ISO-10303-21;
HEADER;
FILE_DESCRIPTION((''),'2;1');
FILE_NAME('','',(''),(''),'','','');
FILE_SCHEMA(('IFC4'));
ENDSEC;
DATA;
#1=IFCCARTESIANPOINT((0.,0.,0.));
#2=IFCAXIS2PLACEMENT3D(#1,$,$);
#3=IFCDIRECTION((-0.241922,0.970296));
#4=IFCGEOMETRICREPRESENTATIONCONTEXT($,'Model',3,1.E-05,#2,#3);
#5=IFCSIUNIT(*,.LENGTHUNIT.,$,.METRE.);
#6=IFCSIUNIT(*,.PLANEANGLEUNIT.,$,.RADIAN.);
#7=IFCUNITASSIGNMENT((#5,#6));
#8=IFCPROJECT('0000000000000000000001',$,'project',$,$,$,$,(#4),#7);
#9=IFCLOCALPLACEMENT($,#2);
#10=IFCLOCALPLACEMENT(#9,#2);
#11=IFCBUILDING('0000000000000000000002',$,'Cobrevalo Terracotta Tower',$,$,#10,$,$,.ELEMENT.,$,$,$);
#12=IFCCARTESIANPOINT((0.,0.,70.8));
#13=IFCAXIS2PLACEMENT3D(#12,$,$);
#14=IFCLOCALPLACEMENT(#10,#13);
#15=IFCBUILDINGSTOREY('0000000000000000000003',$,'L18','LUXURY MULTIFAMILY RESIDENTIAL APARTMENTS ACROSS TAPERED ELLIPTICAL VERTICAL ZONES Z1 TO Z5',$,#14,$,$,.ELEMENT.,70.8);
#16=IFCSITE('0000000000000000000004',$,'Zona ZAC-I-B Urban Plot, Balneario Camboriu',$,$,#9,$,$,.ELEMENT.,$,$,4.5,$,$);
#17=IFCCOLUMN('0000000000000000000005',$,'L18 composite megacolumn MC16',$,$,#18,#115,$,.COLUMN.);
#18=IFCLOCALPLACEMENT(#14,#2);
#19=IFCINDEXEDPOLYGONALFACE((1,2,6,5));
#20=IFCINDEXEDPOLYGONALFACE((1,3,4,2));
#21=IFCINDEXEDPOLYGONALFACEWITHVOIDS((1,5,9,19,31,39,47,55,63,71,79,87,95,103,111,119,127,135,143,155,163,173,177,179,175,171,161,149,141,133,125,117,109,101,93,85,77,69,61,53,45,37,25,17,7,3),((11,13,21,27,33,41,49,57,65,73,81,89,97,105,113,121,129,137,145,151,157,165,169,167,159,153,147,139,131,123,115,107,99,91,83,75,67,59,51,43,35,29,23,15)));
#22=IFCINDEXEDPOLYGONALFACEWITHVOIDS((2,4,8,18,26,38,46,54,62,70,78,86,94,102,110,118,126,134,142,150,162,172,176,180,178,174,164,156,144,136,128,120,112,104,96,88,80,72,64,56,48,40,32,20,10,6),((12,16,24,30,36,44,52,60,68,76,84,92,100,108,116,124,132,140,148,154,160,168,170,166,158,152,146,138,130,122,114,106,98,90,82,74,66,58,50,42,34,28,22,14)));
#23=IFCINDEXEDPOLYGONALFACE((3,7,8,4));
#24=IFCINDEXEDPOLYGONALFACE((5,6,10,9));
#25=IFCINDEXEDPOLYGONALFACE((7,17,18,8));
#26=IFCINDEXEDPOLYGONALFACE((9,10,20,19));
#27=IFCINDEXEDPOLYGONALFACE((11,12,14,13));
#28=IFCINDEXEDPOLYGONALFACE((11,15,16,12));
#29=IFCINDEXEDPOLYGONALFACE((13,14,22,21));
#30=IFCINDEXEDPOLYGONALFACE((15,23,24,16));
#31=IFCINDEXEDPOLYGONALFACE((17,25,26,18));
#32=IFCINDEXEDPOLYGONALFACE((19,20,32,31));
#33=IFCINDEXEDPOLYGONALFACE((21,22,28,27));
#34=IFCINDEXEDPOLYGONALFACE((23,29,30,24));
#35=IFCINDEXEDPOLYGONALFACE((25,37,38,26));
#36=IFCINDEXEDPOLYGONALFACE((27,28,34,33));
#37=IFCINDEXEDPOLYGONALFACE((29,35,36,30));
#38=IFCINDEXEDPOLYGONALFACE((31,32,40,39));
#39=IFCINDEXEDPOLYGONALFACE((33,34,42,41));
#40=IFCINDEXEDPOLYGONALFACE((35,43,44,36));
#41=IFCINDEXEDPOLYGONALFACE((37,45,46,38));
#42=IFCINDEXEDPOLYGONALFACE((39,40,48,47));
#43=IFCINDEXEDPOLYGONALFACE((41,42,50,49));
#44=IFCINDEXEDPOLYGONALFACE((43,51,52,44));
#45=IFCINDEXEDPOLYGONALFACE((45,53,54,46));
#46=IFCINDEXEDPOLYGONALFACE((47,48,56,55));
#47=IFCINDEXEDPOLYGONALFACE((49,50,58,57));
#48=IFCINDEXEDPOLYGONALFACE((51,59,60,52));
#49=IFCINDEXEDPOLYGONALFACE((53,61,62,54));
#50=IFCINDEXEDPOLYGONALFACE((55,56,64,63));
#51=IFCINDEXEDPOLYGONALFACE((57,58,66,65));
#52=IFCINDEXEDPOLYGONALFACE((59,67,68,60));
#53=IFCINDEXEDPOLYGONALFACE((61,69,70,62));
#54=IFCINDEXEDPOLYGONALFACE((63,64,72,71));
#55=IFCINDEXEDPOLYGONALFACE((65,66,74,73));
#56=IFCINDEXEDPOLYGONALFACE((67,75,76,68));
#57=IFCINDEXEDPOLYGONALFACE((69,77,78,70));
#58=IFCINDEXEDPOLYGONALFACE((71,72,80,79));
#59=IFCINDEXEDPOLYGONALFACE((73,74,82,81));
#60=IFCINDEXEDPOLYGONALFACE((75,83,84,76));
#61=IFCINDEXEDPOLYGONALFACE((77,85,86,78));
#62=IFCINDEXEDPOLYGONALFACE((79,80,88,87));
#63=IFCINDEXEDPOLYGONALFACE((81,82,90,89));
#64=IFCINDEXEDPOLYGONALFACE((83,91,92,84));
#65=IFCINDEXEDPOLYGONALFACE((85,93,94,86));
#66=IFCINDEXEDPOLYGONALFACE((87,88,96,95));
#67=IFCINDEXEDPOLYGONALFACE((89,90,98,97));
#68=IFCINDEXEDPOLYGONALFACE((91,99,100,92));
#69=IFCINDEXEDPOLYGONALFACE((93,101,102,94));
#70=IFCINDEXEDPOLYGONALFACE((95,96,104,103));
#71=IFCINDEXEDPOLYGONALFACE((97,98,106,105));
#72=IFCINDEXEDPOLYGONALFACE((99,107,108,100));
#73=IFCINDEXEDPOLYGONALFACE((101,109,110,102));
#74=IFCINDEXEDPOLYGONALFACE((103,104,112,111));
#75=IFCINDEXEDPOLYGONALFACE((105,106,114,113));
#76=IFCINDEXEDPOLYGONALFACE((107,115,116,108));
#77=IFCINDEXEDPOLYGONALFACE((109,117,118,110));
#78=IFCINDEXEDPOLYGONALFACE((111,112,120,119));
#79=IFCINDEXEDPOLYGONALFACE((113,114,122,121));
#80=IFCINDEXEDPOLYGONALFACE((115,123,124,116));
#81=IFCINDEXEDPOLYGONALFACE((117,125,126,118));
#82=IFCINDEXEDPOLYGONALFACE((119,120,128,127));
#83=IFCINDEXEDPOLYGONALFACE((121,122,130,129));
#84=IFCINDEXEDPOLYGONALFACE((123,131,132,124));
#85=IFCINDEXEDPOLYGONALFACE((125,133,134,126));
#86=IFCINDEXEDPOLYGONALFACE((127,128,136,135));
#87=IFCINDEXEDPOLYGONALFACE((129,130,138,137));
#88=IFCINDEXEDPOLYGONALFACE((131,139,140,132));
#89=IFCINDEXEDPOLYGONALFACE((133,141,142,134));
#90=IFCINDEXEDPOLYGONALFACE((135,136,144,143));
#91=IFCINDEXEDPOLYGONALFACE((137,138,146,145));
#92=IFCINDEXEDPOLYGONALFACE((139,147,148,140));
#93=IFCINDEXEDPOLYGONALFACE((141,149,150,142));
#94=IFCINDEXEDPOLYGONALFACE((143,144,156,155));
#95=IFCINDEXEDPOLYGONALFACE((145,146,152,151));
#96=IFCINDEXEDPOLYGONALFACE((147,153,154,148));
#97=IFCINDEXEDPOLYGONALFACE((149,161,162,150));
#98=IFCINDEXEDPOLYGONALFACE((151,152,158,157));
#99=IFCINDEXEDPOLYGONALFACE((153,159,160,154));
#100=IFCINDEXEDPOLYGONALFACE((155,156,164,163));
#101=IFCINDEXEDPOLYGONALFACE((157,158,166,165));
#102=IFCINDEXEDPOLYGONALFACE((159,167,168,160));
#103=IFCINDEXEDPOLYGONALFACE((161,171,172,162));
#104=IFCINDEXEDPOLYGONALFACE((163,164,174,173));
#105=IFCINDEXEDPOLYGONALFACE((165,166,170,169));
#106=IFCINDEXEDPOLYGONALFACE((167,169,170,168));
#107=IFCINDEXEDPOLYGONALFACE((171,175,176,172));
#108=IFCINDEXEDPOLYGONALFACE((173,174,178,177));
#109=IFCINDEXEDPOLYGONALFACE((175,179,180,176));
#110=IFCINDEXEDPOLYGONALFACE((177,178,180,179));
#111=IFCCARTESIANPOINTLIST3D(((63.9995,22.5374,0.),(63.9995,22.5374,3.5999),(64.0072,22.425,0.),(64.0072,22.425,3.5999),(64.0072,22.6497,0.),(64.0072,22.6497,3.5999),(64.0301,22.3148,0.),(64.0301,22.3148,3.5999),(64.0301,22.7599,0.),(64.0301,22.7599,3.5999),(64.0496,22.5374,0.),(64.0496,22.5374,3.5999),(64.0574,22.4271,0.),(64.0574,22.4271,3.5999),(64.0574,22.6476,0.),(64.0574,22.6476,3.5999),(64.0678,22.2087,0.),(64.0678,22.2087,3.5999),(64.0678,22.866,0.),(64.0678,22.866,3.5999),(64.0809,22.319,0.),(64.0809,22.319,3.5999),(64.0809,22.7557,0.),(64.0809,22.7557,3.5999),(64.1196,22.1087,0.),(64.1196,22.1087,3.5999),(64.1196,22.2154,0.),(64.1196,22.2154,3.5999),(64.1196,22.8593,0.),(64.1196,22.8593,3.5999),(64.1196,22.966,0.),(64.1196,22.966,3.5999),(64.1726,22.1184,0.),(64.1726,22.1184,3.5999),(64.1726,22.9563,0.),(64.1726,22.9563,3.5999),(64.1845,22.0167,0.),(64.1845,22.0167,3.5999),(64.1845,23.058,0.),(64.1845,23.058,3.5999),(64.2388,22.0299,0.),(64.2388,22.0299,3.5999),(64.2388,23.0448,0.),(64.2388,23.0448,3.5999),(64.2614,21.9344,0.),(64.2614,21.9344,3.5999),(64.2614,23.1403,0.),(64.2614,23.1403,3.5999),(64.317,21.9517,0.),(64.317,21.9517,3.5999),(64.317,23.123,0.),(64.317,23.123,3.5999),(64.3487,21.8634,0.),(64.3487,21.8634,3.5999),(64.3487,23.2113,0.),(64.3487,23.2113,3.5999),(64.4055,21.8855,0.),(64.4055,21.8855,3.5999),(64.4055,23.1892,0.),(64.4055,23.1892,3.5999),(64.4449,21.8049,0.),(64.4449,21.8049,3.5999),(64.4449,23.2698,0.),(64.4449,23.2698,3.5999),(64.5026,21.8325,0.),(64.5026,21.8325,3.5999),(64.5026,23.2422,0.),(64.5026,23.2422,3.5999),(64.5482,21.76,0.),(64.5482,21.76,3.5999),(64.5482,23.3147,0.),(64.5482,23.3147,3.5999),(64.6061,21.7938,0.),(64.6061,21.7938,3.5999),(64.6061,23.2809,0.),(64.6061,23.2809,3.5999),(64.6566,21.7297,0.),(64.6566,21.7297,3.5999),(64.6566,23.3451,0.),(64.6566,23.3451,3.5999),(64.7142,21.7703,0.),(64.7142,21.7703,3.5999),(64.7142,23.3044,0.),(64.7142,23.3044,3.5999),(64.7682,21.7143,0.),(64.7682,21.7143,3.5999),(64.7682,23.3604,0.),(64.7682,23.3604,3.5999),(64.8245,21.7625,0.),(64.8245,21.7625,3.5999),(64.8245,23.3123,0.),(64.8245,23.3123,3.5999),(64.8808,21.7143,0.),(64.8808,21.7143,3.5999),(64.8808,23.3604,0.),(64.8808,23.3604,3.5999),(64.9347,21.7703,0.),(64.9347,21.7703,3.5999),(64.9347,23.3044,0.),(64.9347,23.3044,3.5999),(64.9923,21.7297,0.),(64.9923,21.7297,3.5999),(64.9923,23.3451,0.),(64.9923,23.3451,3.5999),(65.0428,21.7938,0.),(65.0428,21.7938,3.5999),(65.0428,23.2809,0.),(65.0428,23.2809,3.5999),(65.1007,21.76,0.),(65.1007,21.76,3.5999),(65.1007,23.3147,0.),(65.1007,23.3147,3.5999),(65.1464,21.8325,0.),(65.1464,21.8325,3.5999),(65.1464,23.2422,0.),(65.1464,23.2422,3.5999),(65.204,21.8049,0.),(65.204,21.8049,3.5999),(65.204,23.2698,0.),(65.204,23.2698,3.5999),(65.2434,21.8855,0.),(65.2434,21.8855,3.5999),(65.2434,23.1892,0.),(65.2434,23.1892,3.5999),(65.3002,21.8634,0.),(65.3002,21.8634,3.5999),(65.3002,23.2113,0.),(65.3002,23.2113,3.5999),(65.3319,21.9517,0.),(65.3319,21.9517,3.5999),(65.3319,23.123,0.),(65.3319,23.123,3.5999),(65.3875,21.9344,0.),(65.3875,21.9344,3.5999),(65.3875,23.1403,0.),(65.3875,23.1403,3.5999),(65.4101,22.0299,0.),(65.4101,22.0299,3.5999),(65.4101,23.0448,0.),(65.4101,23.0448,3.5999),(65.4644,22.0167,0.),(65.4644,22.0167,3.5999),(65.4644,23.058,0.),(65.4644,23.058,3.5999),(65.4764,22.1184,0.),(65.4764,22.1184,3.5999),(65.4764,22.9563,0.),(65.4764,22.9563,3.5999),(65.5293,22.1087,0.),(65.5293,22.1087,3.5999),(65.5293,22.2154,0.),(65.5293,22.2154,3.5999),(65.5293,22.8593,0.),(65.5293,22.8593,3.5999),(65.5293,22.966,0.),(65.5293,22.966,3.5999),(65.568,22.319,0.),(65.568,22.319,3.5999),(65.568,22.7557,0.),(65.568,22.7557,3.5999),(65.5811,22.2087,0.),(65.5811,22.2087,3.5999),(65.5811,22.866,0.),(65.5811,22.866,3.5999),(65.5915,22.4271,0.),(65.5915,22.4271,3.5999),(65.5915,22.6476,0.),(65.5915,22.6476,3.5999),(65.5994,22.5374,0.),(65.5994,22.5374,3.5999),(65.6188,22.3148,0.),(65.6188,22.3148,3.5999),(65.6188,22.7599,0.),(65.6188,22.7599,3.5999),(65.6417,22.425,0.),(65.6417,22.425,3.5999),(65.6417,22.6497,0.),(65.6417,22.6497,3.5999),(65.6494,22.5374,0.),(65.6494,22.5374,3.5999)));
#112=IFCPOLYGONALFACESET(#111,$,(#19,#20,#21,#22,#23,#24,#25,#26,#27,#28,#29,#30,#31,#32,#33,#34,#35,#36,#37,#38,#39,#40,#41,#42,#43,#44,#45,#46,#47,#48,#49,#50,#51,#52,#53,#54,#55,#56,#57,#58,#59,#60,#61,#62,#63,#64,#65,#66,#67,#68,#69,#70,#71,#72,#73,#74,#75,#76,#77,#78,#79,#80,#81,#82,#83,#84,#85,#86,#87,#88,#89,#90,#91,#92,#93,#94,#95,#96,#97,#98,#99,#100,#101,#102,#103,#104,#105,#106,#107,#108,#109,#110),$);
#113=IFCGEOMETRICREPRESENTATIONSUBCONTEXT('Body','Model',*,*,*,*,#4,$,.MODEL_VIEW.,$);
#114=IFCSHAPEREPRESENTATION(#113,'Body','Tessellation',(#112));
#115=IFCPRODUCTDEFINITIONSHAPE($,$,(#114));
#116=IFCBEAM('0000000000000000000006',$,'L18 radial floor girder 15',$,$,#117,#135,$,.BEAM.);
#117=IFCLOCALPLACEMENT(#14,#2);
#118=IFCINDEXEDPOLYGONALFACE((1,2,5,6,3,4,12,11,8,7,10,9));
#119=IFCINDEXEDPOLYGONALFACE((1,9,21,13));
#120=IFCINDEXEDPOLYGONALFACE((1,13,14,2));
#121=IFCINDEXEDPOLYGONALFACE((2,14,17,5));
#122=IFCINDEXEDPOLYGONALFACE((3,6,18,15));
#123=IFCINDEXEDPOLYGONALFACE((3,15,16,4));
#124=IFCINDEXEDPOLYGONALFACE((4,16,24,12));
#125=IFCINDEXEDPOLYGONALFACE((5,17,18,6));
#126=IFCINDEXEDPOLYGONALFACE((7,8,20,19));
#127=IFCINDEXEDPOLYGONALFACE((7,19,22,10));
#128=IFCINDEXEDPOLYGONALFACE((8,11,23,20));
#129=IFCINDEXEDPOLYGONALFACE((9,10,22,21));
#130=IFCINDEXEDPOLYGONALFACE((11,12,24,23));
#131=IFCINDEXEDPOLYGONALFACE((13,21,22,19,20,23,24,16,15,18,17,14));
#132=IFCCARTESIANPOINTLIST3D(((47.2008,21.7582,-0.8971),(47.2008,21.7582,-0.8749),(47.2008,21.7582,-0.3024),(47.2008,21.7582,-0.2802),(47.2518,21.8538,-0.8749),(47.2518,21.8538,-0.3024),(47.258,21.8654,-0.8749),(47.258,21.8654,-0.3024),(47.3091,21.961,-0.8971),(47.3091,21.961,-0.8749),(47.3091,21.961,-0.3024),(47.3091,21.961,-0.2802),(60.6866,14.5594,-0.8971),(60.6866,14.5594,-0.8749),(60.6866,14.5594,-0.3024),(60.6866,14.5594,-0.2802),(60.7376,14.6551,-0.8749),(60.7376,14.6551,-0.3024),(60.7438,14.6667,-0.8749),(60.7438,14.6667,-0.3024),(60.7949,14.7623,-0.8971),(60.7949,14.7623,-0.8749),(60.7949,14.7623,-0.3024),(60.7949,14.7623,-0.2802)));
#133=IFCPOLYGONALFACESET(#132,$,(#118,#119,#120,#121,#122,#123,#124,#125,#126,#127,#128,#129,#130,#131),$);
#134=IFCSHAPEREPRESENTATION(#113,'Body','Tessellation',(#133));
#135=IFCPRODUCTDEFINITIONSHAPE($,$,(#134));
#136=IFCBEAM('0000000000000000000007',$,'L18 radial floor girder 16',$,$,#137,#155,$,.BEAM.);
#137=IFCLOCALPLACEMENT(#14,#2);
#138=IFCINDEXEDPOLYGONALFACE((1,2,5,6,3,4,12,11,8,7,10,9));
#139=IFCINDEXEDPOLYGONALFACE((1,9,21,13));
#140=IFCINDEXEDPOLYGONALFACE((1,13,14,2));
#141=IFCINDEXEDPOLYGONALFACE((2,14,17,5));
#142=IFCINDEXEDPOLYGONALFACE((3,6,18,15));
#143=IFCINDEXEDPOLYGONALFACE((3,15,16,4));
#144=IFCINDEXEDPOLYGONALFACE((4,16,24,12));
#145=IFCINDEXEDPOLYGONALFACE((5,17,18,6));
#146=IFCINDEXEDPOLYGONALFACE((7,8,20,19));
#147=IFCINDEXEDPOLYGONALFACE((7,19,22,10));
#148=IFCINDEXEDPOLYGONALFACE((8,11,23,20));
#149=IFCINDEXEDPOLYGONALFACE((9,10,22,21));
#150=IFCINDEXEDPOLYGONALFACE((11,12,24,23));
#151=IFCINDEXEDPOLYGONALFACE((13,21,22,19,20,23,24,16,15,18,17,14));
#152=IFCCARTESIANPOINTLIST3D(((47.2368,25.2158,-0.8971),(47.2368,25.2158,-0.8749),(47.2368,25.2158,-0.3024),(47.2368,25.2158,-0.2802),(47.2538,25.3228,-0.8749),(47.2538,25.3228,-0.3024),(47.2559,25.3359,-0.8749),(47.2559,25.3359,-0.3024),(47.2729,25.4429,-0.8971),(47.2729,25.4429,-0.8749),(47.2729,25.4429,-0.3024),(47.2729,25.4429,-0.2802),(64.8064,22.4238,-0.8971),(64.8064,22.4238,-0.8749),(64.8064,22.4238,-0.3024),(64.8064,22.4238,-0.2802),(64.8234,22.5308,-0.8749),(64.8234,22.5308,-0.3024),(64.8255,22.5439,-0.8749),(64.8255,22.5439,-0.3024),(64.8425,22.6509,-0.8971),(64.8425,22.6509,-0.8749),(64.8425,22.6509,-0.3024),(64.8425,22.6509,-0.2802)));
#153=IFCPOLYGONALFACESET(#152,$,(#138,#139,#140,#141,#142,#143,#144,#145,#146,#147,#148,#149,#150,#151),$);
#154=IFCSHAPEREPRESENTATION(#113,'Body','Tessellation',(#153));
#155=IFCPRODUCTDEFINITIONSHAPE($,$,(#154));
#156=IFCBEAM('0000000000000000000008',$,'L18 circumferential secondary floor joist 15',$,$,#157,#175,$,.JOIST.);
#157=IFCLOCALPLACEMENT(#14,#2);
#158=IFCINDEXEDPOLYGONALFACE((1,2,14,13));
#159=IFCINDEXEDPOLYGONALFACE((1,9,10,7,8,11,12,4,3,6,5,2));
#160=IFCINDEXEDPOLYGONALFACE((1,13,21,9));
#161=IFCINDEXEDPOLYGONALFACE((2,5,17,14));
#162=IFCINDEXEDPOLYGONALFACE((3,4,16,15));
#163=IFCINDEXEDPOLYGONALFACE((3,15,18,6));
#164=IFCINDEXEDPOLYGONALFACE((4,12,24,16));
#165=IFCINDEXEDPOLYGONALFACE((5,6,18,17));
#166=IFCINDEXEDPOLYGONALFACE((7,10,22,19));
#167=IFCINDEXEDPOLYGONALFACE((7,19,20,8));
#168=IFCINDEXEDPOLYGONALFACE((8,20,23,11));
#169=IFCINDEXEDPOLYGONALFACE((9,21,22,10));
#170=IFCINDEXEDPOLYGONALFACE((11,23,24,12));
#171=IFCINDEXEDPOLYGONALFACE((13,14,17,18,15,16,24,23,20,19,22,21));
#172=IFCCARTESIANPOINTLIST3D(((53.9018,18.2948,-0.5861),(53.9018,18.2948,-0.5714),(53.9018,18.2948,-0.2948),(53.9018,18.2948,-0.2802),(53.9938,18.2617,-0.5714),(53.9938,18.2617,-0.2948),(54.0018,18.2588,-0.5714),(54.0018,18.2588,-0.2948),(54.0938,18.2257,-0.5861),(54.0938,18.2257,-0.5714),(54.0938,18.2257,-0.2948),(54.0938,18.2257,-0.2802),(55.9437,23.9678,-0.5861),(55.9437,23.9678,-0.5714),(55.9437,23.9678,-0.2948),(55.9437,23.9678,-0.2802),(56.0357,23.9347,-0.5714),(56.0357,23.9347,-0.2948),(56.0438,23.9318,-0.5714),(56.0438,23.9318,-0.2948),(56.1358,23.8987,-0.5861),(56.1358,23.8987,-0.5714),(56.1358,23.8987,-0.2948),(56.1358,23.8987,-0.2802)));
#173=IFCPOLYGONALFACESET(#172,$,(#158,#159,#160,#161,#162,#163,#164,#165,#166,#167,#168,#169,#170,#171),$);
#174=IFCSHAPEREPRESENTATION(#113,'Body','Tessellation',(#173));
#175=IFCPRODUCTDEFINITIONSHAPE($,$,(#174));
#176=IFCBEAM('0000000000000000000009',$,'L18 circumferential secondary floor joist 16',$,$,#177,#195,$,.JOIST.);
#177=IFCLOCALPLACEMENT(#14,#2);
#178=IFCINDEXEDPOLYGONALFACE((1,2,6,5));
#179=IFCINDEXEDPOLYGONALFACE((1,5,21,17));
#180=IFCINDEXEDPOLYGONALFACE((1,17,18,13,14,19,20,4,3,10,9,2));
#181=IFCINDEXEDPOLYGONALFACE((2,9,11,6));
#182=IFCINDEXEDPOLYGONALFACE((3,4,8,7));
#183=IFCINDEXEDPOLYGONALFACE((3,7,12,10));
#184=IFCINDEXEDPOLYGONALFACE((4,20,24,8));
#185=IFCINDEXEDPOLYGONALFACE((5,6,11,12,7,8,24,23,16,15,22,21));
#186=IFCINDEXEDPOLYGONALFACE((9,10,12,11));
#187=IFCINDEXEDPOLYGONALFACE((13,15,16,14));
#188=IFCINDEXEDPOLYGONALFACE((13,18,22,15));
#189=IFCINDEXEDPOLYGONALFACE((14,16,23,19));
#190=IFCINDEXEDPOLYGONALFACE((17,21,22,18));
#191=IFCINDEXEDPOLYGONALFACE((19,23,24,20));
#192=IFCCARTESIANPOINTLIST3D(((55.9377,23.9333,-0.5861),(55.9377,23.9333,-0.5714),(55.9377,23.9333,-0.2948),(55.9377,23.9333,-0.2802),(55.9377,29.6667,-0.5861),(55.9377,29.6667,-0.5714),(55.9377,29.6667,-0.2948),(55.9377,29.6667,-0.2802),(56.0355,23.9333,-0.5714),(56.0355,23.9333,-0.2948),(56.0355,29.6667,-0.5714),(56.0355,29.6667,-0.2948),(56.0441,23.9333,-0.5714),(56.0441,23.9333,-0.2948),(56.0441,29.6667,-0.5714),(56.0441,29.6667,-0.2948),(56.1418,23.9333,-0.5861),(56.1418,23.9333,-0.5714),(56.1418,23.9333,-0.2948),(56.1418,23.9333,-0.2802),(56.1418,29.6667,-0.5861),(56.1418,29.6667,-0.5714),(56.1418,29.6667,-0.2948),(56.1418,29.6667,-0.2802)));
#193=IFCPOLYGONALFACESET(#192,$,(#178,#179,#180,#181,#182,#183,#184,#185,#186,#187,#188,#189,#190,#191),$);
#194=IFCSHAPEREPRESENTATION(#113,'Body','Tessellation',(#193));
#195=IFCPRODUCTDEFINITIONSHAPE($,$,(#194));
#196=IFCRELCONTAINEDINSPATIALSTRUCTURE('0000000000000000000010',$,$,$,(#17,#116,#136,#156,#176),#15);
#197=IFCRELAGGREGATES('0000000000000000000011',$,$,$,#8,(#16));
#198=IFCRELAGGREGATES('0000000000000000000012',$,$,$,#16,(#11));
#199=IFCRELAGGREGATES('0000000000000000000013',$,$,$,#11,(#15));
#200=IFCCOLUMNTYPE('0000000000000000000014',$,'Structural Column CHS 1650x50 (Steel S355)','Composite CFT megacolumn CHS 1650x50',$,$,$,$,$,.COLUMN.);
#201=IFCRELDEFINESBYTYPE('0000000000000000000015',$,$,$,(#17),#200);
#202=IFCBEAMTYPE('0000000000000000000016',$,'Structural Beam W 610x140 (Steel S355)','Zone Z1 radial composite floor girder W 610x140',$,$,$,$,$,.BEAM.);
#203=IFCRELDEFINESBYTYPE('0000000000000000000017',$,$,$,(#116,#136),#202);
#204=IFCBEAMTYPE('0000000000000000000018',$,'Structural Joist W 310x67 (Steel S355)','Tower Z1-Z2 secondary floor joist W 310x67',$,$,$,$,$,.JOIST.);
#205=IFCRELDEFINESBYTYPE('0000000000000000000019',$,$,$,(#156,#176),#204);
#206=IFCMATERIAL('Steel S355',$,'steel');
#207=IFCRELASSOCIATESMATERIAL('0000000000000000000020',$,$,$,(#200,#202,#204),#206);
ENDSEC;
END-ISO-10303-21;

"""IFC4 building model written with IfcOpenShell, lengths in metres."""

from ifc_helpers import new_model, si_unit, direction, frame, origin, origin_2d, place, context, subcontext, project, spatial, hollow_circle, i_section, extrude, material, material_profile, profile_set, type_object, element, save


model = new_model("IFC4")

# Units and contexts
model_context = context("Model", 3, precision=1e-05, world=origin(), true_north=direction((-0.241922, 0.970296)))
body_context = subcontext(model_context, "Body", "Model", "MODEL_VIEW")
ifc_project = project(units=[si_unit("LENGTHUNIT", "METRE"), si_unit("PLANEANGLEUNIT", "RADIAN")], contexts=[model_context])

# Site, building, storey
site_placement = place(None, origin())
site = spatial("IfcSite", under=ifc_project, at=site_placement, Name="Zona ZAC-I-B Urban Plot, Balneario Camboriu", CompositionType="ELEMENT", RefElevation=4.5)
building_placement = place(site_placement, origin())
building = spatial("IfcBuilding", under=site, at=building_placement, Name="Cobrevalo Terracotta Tower", CompositionType="ELEMENT")
storey_placement = place(building_placement, frame((0.0, 0.0, 70.8)))
storey = spatial("IfcBuildingStorey", under=building, at=storey_placement, Name="L18", Description="LUXURY MULTIFAMILY RESIDENTIAL APARTMENTS ACROSS TAPERED ELLIPTICAL VERTICAL ZONES Z1 TO Z5", CompositionType="ELEMENT", Elevation=70.8)

# Column
ifc_material_1 = material(Name="Steel S355", Category="steel")
ifc_material_profile_1 = material_profile(ifc_material_1, hollow_circle(Radius=0.825, WallThickness=0.05, at=origin_2d()), Name="CHS 1650x50")
ifc_profile_set_1 = profile_set([ifc_material_profile_1], Name="Steel S355")
column_type = type_object("IfcColumnType", Name="Structural Column CHS 1650x50 (Steel S355)", Description="Composite CFT megacolumn CHS 1650x50", PredefinedType="COLUMN", material=ifc_profile_set_1)
column_placement = place(storey_placement, frame((64.8245, 22.5374, 0.0), z_axis=(0.0, 0.0, 1.0), x_axis=(1.0, 0.0, 0.0)))
element("IfcColumn", 1, at=column_placement, inside=storey, type_object=column_type, Name="L18 composite megacolumn MC16", PredefinedType="COLUMN", context=body_context, shape_type="SweptSolid", body=[
    extrude(hollow_circle(Radius=0.825, WallThickness=0.05, at=origin_2d()), origin(), (0.0, 0.0, 1.0), 3.5999),
])

# Beams
ifc_material_profile_2 = material_profile(ifc_material_1, i_section(OverallWidth=0.23, OverallDepth=0.6169, WebThickness=0.0132, FlangeThickness=0.0222, at=origin_2d()), Name="W 610x140")
ifc_profile_set_2 = profile_set([ifc_material_profile_2], Name="Steel S355")
beam_type_1 = type_object("IfcBeamType", Name="Structural Beam W 610x140 (Steel S355)", Description="Zone Z1 radial composite floor girder W 610x140", PredefinedType="BEAM", material=ifc_profile_set_2)
beam_1_placement = place(storey_placement, frame((60.7407, 14.6609, -0.5886), z_axis=(-0.882182, 0.470908, 0.0), x_axis=(-0.470908, -0.882182, 0.0)))
element("IfcBeam", 2, at=beam_1_placement, inside=storey, type_object=beam_type_1, Name="L18 radial floor girder 15", PredefinedType="BEAM", context=body_context, shape_type="SweptSolid", body=[
    extrude(i_section(OverallWidth=0.23, OverallDepth=0.6169, WebThickness=0.0132, FlangeThickness=0.0222, at=origin_2d()), origin(), (0.0, 0.0, 1.0), 15.2869),
])
beam_2_placement = place(storey_placement, frame((64.8245, 22.5374, -0.5886), z_axis=(-0.987608, 0.156941, 0.0), x_axis=(-0.156941, -0.987608, 0.0)))
element("IfcBeam", 3, at=beam_2_placement, inside=storey, type_object=beam_type_1, Name="L18 radial floor girder 16", PredefinedType="BEAM", context=body_context, shape_type="SweptSolid", body=[
    extrude(i_section(OverallWidth=0.23, OverallDepth=0.6169, WebThickness=0.0132, FlangeThickness=0.0222, at=origin_2d()), origin(), (0.0, 0.0, 1.0), 17.79),
])
ifc_material_profile_3 = material_profile(ifc_material_1, i_section(OverallWidth=0.2041, OverallDepth=0.3059, WebThickness=0.0085, FlangeThickness=0.0146, at=origin_2d()), Name="W 310x67")
ifc_profile_set_3 = profile_set([ifc_material_profile_3], Name="Steel S355")
beam_type_2 = type_object("IfcBeamType", Name="Structural Joist W 310x67 (Steel S355)", Description="Tower Z1-Z2 secondary floor joist W 310x67", PredefinedType="JOIST", material=ifc_profile_set_3)
beam_3_placement = place(storey_placement, frame((53.9978, 18.2603, -0.4331), z_axis=(0.338672, 0.940904, 0.0), x_axis=(-0.940904, 0.338672, 0.0)))
element("IfcBeam", 4, at=beam_3_placement, inside=storey, type_object=beam_type_2, Name="L18 circumferential secondary floor joist 15", PredefinedType="JOIST", context=body_context, shape_type="SweptSolid", body=[
    extrude(i_section(OverallWidth=0.2041, OverallDepth=0.3059, WebThickness=0.0085, FlangeThickness=0.0146, at=origin_2d()), origin(), (0.0, 0.0, 1.0), 6.0293),
])
beam_4_placement = place(storey_placement, frame((56.0398, 23.9333, -0.4331), z_axis=(0.0, 1.0, 0.0), x_axis=(-1.0, 0.0, 0.0)))
element("IfcBeam", 5, at=beam_4_placement, inside=storey, type_object=beam_type_2, Name="L18 circumferential secondary floor joist 16", PredefinedType="JOIST", context=body_context, shape_type="SweptSolid", body=[
    extrude(i_section(OverallWidth=0.2041, OverallDepth=0.3059, WebThickness=0.0085, FlangeThickness=0.0146, at=origin_2d()), origin(), (0.0, 0.0, 1.0), 5.7334),
])

save(model, "model.ifc")
